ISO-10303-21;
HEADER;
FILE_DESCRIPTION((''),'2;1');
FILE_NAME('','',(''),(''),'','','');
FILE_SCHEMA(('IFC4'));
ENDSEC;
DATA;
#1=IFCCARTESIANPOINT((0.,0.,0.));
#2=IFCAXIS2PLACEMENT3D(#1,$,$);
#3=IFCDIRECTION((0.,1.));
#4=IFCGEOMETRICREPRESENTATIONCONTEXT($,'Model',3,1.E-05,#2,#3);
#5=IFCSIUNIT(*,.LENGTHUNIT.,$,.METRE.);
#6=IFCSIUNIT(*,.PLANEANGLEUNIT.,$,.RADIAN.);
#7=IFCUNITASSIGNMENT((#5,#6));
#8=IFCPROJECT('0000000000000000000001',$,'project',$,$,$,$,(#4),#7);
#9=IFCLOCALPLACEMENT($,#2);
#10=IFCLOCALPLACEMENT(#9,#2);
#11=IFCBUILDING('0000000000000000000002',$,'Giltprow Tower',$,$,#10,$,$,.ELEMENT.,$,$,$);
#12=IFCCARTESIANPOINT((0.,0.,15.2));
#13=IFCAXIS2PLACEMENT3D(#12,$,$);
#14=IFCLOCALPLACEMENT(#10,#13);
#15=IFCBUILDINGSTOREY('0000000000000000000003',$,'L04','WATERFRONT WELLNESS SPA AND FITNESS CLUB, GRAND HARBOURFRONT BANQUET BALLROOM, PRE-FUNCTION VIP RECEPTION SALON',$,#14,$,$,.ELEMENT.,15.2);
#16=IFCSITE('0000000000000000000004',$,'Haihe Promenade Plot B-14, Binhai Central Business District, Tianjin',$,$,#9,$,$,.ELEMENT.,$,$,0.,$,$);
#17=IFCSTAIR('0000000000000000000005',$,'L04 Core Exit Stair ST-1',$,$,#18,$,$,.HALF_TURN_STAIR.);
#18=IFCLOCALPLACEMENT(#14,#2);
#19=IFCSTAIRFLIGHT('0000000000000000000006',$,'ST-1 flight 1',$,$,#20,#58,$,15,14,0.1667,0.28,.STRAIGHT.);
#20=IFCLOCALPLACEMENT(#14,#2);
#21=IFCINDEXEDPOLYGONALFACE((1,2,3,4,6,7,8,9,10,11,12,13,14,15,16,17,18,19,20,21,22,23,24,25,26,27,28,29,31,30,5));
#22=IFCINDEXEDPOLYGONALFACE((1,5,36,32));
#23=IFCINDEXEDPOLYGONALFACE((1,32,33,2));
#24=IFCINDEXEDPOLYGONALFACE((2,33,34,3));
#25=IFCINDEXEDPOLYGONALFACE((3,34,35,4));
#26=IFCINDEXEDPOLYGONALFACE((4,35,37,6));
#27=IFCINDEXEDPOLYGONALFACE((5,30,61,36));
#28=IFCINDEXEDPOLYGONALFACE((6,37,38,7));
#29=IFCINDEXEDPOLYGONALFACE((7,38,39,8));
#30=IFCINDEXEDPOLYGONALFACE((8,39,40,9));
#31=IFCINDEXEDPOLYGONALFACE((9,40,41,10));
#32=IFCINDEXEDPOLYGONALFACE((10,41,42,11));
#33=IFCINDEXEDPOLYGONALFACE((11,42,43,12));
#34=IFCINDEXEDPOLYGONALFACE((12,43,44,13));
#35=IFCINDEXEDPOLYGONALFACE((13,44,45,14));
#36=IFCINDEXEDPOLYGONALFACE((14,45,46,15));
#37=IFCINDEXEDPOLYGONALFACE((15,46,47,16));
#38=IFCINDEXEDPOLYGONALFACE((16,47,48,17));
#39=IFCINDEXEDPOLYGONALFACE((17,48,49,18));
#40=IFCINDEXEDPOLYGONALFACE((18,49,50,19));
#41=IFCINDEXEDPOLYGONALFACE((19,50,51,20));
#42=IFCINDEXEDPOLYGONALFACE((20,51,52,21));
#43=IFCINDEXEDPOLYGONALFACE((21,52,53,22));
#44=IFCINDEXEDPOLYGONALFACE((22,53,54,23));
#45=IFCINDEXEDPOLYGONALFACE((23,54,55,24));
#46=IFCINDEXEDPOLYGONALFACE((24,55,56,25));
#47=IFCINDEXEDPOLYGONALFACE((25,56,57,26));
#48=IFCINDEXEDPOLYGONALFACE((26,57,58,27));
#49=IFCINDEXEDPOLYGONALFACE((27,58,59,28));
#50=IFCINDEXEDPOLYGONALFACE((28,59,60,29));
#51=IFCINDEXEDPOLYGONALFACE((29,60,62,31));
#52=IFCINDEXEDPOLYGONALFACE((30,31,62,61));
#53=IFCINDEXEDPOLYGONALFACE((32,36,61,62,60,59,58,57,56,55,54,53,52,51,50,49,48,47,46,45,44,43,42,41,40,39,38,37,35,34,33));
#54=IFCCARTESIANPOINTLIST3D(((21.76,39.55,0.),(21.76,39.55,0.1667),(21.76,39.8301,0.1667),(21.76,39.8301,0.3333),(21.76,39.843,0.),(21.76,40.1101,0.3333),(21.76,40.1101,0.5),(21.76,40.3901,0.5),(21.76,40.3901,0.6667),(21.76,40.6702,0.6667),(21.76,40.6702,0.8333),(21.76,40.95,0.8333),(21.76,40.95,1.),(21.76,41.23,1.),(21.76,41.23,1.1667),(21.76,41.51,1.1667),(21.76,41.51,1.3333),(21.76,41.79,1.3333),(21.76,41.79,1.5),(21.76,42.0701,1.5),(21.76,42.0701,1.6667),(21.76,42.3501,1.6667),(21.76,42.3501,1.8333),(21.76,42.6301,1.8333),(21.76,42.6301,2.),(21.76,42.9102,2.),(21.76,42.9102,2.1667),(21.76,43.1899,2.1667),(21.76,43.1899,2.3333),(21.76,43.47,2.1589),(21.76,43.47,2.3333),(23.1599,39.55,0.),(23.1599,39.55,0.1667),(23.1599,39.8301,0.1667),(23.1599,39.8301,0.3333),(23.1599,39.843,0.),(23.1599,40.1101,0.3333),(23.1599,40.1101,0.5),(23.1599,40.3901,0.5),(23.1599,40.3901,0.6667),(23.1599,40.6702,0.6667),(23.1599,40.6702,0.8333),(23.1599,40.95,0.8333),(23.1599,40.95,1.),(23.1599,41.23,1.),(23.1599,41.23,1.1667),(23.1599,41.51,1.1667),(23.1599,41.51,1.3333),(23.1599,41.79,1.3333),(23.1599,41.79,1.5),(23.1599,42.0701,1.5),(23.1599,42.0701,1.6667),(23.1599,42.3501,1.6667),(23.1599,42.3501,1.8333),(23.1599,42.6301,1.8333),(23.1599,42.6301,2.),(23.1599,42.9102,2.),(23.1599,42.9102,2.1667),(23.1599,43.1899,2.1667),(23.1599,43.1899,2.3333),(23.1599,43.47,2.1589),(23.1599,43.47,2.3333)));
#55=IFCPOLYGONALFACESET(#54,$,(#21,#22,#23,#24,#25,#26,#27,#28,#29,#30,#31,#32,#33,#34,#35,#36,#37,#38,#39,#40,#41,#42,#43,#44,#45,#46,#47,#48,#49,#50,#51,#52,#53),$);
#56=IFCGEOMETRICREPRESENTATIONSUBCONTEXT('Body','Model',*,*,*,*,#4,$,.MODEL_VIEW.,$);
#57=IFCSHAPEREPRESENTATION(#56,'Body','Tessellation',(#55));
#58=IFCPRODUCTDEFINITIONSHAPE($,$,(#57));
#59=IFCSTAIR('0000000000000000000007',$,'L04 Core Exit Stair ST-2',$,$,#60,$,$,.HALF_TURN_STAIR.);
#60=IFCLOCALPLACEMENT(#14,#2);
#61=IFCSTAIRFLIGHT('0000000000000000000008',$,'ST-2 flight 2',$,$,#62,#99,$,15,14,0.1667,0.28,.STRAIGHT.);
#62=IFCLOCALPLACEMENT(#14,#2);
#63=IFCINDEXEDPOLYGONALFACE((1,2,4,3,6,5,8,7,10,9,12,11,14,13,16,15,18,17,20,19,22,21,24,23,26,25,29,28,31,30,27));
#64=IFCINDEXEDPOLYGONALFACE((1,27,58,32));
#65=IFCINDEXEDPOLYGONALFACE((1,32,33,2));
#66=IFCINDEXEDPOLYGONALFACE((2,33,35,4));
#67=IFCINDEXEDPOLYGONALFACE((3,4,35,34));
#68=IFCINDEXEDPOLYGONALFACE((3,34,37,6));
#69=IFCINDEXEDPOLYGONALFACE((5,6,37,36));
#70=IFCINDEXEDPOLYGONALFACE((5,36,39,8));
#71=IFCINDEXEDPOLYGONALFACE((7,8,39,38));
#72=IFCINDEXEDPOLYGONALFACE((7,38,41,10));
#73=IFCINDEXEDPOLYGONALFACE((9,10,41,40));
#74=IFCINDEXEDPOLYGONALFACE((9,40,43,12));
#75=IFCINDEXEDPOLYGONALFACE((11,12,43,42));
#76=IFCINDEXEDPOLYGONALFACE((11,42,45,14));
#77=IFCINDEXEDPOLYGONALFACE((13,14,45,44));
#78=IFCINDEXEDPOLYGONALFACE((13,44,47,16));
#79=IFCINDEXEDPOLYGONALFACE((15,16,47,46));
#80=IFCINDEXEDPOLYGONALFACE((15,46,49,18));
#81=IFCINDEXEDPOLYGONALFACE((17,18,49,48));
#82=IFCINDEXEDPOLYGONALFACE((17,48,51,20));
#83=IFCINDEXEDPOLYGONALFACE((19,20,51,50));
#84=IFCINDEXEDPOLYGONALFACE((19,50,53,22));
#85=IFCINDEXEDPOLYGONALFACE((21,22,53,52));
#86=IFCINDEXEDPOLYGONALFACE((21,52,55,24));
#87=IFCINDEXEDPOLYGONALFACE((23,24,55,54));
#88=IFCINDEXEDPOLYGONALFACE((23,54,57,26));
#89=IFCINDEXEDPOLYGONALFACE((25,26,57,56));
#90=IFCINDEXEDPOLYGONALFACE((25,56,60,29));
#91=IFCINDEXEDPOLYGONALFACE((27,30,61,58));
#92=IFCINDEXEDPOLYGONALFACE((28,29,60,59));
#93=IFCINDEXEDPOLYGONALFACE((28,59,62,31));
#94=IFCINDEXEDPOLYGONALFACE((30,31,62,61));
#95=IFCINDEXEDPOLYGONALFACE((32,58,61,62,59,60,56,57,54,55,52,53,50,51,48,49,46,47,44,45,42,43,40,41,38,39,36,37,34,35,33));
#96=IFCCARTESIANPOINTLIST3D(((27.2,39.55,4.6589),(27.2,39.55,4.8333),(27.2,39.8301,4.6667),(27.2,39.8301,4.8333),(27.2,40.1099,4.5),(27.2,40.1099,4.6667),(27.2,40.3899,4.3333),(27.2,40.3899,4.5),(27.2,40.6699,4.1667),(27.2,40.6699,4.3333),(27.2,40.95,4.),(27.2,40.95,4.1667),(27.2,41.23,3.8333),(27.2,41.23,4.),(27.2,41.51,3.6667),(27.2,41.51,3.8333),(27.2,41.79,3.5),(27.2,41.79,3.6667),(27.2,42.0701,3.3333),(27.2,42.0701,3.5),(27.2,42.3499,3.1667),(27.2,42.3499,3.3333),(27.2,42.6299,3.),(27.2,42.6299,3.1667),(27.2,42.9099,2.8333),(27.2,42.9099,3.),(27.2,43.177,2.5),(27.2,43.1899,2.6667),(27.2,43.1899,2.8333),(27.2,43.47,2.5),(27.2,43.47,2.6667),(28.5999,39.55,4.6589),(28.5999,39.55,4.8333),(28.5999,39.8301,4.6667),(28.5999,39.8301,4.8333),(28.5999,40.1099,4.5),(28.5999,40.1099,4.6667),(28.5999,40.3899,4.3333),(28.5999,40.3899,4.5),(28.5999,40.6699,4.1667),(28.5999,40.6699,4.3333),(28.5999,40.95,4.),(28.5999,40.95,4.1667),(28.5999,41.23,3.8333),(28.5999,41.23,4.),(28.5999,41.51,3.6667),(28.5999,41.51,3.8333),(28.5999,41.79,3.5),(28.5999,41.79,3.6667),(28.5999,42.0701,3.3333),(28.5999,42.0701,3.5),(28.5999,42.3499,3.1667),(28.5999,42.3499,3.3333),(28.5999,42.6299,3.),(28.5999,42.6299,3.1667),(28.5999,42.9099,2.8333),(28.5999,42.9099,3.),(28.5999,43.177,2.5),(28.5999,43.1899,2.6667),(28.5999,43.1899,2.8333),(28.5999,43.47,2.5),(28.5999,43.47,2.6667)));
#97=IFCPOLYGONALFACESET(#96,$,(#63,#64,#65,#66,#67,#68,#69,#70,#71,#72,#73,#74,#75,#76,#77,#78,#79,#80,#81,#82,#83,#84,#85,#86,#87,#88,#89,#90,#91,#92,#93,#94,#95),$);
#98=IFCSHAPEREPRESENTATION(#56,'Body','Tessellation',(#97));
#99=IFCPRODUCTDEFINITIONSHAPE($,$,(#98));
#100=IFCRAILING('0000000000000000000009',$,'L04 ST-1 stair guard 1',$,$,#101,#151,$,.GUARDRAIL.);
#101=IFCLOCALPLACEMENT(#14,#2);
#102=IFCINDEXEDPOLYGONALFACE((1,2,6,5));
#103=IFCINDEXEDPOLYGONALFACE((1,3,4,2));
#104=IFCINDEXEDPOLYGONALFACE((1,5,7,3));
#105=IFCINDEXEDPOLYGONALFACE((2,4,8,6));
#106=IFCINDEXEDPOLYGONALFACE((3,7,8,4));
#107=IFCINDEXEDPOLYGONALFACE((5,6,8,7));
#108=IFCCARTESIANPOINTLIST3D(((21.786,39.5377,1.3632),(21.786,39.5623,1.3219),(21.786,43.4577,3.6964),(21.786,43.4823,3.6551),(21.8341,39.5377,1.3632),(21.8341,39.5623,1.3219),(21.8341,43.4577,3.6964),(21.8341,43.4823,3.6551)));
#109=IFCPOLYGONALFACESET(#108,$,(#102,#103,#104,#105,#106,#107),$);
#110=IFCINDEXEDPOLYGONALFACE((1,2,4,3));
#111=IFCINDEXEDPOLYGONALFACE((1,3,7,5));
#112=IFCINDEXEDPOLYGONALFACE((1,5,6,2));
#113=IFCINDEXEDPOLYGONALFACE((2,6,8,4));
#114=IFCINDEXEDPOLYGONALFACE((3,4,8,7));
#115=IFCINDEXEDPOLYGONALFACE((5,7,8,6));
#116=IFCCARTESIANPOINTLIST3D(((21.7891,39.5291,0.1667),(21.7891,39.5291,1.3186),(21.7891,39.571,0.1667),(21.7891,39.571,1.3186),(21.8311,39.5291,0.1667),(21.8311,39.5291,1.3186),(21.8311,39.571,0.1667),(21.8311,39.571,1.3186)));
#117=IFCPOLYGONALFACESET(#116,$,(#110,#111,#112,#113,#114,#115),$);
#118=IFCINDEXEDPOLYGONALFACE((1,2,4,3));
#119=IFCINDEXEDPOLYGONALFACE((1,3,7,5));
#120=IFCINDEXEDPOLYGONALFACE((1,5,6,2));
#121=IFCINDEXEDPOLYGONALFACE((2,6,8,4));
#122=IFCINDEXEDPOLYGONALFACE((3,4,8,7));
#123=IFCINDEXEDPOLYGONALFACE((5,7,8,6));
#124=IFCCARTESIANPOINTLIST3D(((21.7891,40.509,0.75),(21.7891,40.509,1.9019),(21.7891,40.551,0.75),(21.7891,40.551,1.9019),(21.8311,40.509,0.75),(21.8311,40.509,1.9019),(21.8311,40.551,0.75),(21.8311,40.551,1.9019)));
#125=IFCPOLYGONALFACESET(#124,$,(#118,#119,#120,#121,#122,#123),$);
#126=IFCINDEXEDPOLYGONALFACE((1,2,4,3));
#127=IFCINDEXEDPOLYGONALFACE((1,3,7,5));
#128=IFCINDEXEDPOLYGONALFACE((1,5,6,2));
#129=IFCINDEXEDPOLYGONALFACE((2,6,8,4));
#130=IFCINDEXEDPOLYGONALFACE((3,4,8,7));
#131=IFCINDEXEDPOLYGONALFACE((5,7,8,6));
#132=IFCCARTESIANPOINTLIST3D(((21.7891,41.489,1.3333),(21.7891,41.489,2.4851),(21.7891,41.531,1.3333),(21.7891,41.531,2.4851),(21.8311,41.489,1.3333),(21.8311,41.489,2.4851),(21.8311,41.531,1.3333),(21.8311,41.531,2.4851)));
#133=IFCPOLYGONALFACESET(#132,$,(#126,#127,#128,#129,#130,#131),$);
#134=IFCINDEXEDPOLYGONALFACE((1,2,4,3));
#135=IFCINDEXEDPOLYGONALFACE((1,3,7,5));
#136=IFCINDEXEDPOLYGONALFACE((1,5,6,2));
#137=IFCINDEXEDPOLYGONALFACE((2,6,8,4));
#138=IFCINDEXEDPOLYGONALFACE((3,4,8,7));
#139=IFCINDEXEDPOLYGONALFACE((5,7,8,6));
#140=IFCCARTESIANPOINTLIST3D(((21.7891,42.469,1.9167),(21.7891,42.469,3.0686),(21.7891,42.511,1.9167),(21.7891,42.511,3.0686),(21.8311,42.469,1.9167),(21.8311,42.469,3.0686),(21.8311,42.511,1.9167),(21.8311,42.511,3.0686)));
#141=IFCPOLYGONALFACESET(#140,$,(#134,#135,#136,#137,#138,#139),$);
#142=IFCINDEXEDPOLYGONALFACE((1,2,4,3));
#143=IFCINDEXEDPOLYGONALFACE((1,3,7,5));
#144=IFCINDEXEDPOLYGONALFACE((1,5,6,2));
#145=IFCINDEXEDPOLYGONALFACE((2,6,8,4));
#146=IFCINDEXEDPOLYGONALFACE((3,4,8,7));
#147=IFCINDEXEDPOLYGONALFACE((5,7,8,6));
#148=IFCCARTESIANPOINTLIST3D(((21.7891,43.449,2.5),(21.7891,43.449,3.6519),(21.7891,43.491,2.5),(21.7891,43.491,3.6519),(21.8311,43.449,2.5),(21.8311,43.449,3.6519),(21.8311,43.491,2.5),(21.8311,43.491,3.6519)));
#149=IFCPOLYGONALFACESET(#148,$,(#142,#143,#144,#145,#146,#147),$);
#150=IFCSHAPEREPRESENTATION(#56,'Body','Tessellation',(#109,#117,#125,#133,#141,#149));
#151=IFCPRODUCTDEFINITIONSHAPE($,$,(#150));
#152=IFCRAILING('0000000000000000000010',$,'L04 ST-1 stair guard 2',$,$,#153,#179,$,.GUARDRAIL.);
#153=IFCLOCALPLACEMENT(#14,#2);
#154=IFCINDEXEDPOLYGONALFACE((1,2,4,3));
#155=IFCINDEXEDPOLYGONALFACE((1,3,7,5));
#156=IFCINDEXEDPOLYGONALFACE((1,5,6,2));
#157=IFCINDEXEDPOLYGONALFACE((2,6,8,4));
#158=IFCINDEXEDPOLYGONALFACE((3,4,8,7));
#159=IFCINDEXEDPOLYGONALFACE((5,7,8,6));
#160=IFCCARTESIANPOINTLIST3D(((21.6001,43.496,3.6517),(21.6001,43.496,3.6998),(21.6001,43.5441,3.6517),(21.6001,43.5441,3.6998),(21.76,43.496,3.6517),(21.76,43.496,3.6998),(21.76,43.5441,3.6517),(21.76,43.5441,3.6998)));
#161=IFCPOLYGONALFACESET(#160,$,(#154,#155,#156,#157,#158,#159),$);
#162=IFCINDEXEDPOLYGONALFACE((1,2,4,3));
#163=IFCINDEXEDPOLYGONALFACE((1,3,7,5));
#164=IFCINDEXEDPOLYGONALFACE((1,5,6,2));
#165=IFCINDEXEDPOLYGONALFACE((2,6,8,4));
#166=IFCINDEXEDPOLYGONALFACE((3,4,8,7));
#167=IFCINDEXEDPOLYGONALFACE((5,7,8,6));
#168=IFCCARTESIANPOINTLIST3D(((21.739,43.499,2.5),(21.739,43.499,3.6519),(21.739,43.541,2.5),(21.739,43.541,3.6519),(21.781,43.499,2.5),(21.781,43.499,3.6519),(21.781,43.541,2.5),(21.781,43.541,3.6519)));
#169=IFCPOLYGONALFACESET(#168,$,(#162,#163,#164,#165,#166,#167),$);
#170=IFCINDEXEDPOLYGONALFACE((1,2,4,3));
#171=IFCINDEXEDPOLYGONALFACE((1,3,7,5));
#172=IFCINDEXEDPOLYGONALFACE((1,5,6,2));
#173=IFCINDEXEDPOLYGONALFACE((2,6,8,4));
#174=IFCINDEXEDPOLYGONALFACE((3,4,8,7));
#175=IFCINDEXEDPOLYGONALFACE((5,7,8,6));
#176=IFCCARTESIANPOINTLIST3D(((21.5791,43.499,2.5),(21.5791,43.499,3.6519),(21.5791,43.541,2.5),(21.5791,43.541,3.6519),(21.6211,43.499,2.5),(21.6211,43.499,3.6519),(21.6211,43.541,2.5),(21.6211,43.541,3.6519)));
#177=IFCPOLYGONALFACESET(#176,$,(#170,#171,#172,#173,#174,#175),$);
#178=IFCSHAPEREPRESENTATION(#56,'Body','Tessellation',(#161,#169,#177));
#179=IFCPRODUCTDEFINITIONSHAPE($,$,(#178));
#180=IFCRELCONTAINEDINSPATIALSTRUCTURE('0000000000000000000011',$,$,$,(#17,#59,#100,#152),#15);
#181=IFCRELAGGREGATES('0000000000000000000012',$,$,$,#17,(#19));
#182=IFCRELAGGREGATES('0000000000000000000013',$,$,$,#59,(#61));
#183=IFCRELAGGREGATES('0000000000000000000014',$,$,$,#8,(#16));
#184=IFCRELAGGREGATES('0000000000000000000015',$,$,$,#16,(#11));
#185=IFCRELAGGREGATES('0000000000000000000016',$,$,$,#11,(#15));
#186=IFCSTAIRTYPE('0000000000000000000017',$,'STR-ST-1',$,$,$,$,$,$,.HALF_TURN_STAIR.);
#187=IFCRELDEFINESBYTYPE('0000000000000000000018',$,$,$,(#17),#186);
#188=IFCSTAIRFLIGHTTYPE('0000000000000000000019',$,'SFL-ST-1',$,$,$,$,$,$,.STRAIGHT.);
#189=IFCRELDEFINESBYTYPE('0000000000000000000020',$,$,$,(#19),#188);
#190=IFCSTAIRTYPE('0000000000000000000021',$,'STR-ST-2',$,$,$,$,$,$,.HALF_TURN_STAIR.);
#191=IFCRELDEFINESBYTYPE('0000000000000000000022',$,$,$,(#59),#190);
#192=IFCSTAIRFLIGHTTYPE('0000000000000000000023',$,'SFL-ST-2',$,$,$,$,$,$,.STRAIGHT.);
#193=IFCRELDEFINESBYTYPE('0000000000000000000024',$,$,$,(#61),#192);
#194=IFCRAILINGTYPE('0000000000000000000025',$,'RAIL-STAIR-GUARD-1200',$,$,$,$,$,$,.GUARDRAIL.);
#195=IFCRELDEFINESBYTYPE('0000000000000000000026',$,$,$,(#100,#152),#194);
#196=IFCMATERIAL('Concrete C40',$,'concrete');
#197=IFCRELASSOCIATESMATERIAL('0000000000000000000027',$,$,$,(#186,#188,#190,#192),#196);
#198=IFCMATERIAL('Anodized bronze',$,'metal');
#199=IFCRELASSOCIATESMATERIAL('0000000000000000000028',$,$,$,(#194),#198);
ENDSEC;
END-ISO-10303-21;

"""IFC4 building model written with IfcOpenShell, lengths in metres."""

from ifc_helpers import new_model, si_unit, direction, frame, origin, origin_2d, place, context, subcontext, project, spatial, polyline, rectangle, outline, extrude, material, type_object, element, aggregate, save


model = new_model("IFC4")

# Units and contexts
model_context = context("Model", 3, precision=1e-05, world=origin(), true_north=direction((0.0, 1.0)))
body_context = subcontext(model_context, "Body", "Model", "MODEL_VIEW")
ifc_project = project(units=[si_unit("LENGTHUNIT", "METRE"), si_unit("PLANEANGLEUNIT", "RADIAN")], contexts=[model_context])

# Site, building, storey
site_placement = place(None, origin())
site = spatial("IfcSite", under=ifc_project, at=site_placement, Name="Haihe Promenade Plot B-14, Binhai Central Business District, Tianjin", CompositionType="ELEMENT", RefElevation=0.0)
building_placement = place(site_placement, origin())
building = spatial("IfcBuilding", under=site, at=building_placement, Name="Giltprow Tower", CompositionType="ELEMENT")
storey_placement = place(building_placement, frame((0.0, 0.0, 15.2)))
storey = spatial("IfcBuildingStorey", under=building, at=storey_placement, Name="L04", Description="WATERFRONT WELLNESS SPA AND FITNESS CLUB, GRAND HARBOURFRONT BANQUET BALLROOM, PRE-FUNCTION VIP RECEPTION SALON", CompositionType="ELEMENT", Elevation=15.2)

# Shared definitions
ifc_material_1 = material(Name="Concrete C40", Category="concrete")

# Stairs, stair flights
stair_type_1 = type_object("IfcStairType", Name="STR-ST-1", PredefinedType="HALF_TURN_STAIR", material=ifc_material_1)
stair_1_placement = place(storey_placement, origin())
stair_1 = element("IfcStair", 1, at=stair_1_placement, inside=storey, type_object=stair_type_1, Name="L04 Core Exit Stair ST-1", PredefinedType="HALF_TURN_STAIR")
stair_flight_type_1 = type_object("IfcStairFlightType", Name="SFL-ST-1", PredefinedType="STRAIGHT", material=ifc_material_1)
stair_flight_1_placement = place(storey_placement, frame((22.46, 39.55, 0.0), z_axis=(0.0, 0.0, 1.0), x_axis=(0.0, 1.0, 0.0)))
stair_flight_1 = element("IfcStairFlight", 2, at=stair_flight_1_placement, type_object=stair_flight_type_1, Name="ST-1 flight 1", NumberOfRisers=15, NumberOfTreads=14, PredefinedType="STRAIGHT", RiserHeight=0.1667, TreadLength=0.28, context=body_context, shape_type="SweptSolid", body=[
    extrude(outline(polyline([(0.0, 0.0), (0.0, 0.1667), (0.28, 0.1667), (0.28, 0.3333), (0.5601, 0.3333), (0.5601, 0.5), (0.8401, 0.5), (0.8401, 0.6667), (1.1201, 0.6667), (1.1201, 0.8333), (1.3999, 0.8333), (1.3999, 1.0), (1.6799, 1.0), (1.6799, 1.1667), (1.96, 1.1667), (1.96, 1.3333), (2.24, 1.3333), (2.24, 1.5), (2.52, 1.5), (2.52, 1.6667), (2.8, 1.6667), (2.8, 1.8333), (3.0801, 1.8333), (3.0801, 2.0), (3.3601, 2.0), (3.3601, 2.1667), (3.6399, 2.1667), (3.6399, 2.3333), (3.9199, 2.3333), (3.9199, 2.5), (3.9199, 2.1589), (0.293, 0.0), (0.0, 0.0)])), frame((0.0, 0.7, 0.0), z_axis=(0.0, -1.0, 0.0), x_axis=(1.0, 0.0, 0.0)), (0.0, 0.0, 1.0), 1.3999),
])
aggregate(stair_1, [stair_flight_1])
stair_type_2 = type_object("IfcStairType", Name="STR-ST-2", PredefinedType="HALF_TURN_STAIR", material=ifc_material_1)
stair_2_placement = place(storey_placement, origin())
stair_2 = element("IfcStair", 3, at=stair_2_placement, inside=storey, type_object=stair_type_2, Name="L04 Core Exit Stair ST-2", PredefinedType="HALF_TURN_STAIR")
stair_flight_type_2 = type_object("IfcStairFlightType", Name="SFL-ST-2", PredefinedType="STRAIGHT", material=ifc_material_1)
stair_flight_2_placement = place(storey_placement, frame((27.8999, 43.47, 2.5), z_axis=(0.0, 0.0, 1.0), x_axis=(0.0, -1.0, 0.0)))
stair_flight_2 = element("IfcStairFlight", 4, at=stair_flight_2_placement, type_object=stair_flight_type_2, Name="ST-2 flight 2", NumberOfRisers=15, NumberOfTreads=14, PredefinedType="STRAIGHT", RiserHeight=0.1667, TreadLength=0.28, context=body_context, shape_type="SweptSolid", body=[
    extrude(outline(polyline([(0.0, 0.0), (0.0, 0.1667), (0.28, 0.1667), (0.28, 0.3333), (0.5601, 0.3333), (0.5601, 0.5), (0.8401, 0.5), (0.8401, 0.6667), (1.1201, 0.6667), (1.1201, 0.8333), (1.3999, 0.8333), (1.3999, 1.0), (1.6799, 1.0), (1.6799, 1.1667), (1.96, 1.1667), (1.96, 1.3333), (2.24, 1.3333), (2.24, 1.5), (2.52, 1.5), (2.52, 1.6667), (2.8, 1.6667), (2.8, 1.8333), (3.0801, 1.8333), (3.0801, 2.0), (3.3601, 2.0), (3.3601, 2.1667), (3.6399, 2.1667), (3.6399, 2.3333), (3.9199, 2.3333), (3.9199, 2.5), (3.9199, 2.1589), (0.293, 0.0), (0.0, 0.0)])), frame((0.0, 0.7, 0.0), z_axis=(0.0, -1.0, 0.0), x_axis=(1.0, 0.0, 0.0)), (0.0, 0.0, 1.0), 1.3999),
])
aggregate(stair_2, [stair_flight_2])

# Railings
ifc_material_2 = material(Name="Anodized bronze", Category="metal")
railing_type_1 = type_object("IfcRailingType", Name="RAIL-STAIR-GUARD-1200", PredefinedType="GUARDRAIL", material=ifc_material_2)
railing_1_placement = place(storey_placement, frame((21.8101, 39.55, 0.1667)))
element("IfcRailing", 5, at=railing_1_placement, inside=storey, type_object=railing_type_1, Name="L04 ST-1 stair guard 1", PredefinedType="GUARDRAIL", context=body_context, shape_type="SweptSolid", body=[
    extrude(rectangle(XDim=0.0481, YDim=0.0481, at=origin_2d()), frame((0.0, 0.0, 1.1758), z_axis=(0.0, 0.859296, 0.511478), x_axis=(-1.0, 0.0, 0.0)), (0.0, 0.0, 1.0), 4.5618),
    extrude(rectangle(XDim=0.042, YDim=0.042, at=origin_2d()), origin(), (0.0, 0.0, 1.0), 1.1519),
    extrude(rectangle(XDim=0.042, YDim=0.042, at=origin_2d()), frame((0.0, 0.98, 0.5833)), (0.0, 0.0, 1.0), 1.1519),
    extrude(rectangle(XDim=0.042, YDim=0.042, at=origin_2d()), frame((0.0, 1.96, 1.1665)), (0.0, 0.0, 1.0), 1.1519),
    extrude(rectangle(XDim=0.042, YDim=0.042, at=origin_2d()), frame((0.0, 2.9399, 1.75)), (0.0, 0.0, 1.0), 1.1519),
    extrude(rectangle(XDim=0.042, YDim=0.042, at=origin_2d()), frame((0.0, 3.9199, 2.3333)), (0.0, 0.0, 1.0), 1.1519),
])
railing_2_placement = place(storey_placement, frame((21.76, 43.52, 2.5)))
element("IfcRailing", 6, at=railing_2_placement, inside=storey, type_object=railing_type_1, Name="L04 ST-1 stair guard 2", PredefinedType="GUARDRAIL", context=body_context, shape_type="SweptSolid", body=[
    extrude(rectangle(XDim=0.0481, YDim=0.0481, at=origin_2d()), frame((0.0, 0.0, 1.1758), z_axis=(-1.0, 0.0, 0.0), x_axis=(0.0, -1.0, 0.0)), (0.0, 0.0, 1.0), 0.1599),
    extrude(rectangle(XDim=0.042, YDim=0.042, at=origin_2d()), origin(), (0.0, 0.0, 1.0), 1.1519),
    extrude(rectangle(XDim=0.042, YDim=0.042, at=origin_2d()), frame((-0.1599, 0.0, 0.0)), (0.0, 0.0, 1.0), 1.1519),
])

save(model, "model.ifc")
